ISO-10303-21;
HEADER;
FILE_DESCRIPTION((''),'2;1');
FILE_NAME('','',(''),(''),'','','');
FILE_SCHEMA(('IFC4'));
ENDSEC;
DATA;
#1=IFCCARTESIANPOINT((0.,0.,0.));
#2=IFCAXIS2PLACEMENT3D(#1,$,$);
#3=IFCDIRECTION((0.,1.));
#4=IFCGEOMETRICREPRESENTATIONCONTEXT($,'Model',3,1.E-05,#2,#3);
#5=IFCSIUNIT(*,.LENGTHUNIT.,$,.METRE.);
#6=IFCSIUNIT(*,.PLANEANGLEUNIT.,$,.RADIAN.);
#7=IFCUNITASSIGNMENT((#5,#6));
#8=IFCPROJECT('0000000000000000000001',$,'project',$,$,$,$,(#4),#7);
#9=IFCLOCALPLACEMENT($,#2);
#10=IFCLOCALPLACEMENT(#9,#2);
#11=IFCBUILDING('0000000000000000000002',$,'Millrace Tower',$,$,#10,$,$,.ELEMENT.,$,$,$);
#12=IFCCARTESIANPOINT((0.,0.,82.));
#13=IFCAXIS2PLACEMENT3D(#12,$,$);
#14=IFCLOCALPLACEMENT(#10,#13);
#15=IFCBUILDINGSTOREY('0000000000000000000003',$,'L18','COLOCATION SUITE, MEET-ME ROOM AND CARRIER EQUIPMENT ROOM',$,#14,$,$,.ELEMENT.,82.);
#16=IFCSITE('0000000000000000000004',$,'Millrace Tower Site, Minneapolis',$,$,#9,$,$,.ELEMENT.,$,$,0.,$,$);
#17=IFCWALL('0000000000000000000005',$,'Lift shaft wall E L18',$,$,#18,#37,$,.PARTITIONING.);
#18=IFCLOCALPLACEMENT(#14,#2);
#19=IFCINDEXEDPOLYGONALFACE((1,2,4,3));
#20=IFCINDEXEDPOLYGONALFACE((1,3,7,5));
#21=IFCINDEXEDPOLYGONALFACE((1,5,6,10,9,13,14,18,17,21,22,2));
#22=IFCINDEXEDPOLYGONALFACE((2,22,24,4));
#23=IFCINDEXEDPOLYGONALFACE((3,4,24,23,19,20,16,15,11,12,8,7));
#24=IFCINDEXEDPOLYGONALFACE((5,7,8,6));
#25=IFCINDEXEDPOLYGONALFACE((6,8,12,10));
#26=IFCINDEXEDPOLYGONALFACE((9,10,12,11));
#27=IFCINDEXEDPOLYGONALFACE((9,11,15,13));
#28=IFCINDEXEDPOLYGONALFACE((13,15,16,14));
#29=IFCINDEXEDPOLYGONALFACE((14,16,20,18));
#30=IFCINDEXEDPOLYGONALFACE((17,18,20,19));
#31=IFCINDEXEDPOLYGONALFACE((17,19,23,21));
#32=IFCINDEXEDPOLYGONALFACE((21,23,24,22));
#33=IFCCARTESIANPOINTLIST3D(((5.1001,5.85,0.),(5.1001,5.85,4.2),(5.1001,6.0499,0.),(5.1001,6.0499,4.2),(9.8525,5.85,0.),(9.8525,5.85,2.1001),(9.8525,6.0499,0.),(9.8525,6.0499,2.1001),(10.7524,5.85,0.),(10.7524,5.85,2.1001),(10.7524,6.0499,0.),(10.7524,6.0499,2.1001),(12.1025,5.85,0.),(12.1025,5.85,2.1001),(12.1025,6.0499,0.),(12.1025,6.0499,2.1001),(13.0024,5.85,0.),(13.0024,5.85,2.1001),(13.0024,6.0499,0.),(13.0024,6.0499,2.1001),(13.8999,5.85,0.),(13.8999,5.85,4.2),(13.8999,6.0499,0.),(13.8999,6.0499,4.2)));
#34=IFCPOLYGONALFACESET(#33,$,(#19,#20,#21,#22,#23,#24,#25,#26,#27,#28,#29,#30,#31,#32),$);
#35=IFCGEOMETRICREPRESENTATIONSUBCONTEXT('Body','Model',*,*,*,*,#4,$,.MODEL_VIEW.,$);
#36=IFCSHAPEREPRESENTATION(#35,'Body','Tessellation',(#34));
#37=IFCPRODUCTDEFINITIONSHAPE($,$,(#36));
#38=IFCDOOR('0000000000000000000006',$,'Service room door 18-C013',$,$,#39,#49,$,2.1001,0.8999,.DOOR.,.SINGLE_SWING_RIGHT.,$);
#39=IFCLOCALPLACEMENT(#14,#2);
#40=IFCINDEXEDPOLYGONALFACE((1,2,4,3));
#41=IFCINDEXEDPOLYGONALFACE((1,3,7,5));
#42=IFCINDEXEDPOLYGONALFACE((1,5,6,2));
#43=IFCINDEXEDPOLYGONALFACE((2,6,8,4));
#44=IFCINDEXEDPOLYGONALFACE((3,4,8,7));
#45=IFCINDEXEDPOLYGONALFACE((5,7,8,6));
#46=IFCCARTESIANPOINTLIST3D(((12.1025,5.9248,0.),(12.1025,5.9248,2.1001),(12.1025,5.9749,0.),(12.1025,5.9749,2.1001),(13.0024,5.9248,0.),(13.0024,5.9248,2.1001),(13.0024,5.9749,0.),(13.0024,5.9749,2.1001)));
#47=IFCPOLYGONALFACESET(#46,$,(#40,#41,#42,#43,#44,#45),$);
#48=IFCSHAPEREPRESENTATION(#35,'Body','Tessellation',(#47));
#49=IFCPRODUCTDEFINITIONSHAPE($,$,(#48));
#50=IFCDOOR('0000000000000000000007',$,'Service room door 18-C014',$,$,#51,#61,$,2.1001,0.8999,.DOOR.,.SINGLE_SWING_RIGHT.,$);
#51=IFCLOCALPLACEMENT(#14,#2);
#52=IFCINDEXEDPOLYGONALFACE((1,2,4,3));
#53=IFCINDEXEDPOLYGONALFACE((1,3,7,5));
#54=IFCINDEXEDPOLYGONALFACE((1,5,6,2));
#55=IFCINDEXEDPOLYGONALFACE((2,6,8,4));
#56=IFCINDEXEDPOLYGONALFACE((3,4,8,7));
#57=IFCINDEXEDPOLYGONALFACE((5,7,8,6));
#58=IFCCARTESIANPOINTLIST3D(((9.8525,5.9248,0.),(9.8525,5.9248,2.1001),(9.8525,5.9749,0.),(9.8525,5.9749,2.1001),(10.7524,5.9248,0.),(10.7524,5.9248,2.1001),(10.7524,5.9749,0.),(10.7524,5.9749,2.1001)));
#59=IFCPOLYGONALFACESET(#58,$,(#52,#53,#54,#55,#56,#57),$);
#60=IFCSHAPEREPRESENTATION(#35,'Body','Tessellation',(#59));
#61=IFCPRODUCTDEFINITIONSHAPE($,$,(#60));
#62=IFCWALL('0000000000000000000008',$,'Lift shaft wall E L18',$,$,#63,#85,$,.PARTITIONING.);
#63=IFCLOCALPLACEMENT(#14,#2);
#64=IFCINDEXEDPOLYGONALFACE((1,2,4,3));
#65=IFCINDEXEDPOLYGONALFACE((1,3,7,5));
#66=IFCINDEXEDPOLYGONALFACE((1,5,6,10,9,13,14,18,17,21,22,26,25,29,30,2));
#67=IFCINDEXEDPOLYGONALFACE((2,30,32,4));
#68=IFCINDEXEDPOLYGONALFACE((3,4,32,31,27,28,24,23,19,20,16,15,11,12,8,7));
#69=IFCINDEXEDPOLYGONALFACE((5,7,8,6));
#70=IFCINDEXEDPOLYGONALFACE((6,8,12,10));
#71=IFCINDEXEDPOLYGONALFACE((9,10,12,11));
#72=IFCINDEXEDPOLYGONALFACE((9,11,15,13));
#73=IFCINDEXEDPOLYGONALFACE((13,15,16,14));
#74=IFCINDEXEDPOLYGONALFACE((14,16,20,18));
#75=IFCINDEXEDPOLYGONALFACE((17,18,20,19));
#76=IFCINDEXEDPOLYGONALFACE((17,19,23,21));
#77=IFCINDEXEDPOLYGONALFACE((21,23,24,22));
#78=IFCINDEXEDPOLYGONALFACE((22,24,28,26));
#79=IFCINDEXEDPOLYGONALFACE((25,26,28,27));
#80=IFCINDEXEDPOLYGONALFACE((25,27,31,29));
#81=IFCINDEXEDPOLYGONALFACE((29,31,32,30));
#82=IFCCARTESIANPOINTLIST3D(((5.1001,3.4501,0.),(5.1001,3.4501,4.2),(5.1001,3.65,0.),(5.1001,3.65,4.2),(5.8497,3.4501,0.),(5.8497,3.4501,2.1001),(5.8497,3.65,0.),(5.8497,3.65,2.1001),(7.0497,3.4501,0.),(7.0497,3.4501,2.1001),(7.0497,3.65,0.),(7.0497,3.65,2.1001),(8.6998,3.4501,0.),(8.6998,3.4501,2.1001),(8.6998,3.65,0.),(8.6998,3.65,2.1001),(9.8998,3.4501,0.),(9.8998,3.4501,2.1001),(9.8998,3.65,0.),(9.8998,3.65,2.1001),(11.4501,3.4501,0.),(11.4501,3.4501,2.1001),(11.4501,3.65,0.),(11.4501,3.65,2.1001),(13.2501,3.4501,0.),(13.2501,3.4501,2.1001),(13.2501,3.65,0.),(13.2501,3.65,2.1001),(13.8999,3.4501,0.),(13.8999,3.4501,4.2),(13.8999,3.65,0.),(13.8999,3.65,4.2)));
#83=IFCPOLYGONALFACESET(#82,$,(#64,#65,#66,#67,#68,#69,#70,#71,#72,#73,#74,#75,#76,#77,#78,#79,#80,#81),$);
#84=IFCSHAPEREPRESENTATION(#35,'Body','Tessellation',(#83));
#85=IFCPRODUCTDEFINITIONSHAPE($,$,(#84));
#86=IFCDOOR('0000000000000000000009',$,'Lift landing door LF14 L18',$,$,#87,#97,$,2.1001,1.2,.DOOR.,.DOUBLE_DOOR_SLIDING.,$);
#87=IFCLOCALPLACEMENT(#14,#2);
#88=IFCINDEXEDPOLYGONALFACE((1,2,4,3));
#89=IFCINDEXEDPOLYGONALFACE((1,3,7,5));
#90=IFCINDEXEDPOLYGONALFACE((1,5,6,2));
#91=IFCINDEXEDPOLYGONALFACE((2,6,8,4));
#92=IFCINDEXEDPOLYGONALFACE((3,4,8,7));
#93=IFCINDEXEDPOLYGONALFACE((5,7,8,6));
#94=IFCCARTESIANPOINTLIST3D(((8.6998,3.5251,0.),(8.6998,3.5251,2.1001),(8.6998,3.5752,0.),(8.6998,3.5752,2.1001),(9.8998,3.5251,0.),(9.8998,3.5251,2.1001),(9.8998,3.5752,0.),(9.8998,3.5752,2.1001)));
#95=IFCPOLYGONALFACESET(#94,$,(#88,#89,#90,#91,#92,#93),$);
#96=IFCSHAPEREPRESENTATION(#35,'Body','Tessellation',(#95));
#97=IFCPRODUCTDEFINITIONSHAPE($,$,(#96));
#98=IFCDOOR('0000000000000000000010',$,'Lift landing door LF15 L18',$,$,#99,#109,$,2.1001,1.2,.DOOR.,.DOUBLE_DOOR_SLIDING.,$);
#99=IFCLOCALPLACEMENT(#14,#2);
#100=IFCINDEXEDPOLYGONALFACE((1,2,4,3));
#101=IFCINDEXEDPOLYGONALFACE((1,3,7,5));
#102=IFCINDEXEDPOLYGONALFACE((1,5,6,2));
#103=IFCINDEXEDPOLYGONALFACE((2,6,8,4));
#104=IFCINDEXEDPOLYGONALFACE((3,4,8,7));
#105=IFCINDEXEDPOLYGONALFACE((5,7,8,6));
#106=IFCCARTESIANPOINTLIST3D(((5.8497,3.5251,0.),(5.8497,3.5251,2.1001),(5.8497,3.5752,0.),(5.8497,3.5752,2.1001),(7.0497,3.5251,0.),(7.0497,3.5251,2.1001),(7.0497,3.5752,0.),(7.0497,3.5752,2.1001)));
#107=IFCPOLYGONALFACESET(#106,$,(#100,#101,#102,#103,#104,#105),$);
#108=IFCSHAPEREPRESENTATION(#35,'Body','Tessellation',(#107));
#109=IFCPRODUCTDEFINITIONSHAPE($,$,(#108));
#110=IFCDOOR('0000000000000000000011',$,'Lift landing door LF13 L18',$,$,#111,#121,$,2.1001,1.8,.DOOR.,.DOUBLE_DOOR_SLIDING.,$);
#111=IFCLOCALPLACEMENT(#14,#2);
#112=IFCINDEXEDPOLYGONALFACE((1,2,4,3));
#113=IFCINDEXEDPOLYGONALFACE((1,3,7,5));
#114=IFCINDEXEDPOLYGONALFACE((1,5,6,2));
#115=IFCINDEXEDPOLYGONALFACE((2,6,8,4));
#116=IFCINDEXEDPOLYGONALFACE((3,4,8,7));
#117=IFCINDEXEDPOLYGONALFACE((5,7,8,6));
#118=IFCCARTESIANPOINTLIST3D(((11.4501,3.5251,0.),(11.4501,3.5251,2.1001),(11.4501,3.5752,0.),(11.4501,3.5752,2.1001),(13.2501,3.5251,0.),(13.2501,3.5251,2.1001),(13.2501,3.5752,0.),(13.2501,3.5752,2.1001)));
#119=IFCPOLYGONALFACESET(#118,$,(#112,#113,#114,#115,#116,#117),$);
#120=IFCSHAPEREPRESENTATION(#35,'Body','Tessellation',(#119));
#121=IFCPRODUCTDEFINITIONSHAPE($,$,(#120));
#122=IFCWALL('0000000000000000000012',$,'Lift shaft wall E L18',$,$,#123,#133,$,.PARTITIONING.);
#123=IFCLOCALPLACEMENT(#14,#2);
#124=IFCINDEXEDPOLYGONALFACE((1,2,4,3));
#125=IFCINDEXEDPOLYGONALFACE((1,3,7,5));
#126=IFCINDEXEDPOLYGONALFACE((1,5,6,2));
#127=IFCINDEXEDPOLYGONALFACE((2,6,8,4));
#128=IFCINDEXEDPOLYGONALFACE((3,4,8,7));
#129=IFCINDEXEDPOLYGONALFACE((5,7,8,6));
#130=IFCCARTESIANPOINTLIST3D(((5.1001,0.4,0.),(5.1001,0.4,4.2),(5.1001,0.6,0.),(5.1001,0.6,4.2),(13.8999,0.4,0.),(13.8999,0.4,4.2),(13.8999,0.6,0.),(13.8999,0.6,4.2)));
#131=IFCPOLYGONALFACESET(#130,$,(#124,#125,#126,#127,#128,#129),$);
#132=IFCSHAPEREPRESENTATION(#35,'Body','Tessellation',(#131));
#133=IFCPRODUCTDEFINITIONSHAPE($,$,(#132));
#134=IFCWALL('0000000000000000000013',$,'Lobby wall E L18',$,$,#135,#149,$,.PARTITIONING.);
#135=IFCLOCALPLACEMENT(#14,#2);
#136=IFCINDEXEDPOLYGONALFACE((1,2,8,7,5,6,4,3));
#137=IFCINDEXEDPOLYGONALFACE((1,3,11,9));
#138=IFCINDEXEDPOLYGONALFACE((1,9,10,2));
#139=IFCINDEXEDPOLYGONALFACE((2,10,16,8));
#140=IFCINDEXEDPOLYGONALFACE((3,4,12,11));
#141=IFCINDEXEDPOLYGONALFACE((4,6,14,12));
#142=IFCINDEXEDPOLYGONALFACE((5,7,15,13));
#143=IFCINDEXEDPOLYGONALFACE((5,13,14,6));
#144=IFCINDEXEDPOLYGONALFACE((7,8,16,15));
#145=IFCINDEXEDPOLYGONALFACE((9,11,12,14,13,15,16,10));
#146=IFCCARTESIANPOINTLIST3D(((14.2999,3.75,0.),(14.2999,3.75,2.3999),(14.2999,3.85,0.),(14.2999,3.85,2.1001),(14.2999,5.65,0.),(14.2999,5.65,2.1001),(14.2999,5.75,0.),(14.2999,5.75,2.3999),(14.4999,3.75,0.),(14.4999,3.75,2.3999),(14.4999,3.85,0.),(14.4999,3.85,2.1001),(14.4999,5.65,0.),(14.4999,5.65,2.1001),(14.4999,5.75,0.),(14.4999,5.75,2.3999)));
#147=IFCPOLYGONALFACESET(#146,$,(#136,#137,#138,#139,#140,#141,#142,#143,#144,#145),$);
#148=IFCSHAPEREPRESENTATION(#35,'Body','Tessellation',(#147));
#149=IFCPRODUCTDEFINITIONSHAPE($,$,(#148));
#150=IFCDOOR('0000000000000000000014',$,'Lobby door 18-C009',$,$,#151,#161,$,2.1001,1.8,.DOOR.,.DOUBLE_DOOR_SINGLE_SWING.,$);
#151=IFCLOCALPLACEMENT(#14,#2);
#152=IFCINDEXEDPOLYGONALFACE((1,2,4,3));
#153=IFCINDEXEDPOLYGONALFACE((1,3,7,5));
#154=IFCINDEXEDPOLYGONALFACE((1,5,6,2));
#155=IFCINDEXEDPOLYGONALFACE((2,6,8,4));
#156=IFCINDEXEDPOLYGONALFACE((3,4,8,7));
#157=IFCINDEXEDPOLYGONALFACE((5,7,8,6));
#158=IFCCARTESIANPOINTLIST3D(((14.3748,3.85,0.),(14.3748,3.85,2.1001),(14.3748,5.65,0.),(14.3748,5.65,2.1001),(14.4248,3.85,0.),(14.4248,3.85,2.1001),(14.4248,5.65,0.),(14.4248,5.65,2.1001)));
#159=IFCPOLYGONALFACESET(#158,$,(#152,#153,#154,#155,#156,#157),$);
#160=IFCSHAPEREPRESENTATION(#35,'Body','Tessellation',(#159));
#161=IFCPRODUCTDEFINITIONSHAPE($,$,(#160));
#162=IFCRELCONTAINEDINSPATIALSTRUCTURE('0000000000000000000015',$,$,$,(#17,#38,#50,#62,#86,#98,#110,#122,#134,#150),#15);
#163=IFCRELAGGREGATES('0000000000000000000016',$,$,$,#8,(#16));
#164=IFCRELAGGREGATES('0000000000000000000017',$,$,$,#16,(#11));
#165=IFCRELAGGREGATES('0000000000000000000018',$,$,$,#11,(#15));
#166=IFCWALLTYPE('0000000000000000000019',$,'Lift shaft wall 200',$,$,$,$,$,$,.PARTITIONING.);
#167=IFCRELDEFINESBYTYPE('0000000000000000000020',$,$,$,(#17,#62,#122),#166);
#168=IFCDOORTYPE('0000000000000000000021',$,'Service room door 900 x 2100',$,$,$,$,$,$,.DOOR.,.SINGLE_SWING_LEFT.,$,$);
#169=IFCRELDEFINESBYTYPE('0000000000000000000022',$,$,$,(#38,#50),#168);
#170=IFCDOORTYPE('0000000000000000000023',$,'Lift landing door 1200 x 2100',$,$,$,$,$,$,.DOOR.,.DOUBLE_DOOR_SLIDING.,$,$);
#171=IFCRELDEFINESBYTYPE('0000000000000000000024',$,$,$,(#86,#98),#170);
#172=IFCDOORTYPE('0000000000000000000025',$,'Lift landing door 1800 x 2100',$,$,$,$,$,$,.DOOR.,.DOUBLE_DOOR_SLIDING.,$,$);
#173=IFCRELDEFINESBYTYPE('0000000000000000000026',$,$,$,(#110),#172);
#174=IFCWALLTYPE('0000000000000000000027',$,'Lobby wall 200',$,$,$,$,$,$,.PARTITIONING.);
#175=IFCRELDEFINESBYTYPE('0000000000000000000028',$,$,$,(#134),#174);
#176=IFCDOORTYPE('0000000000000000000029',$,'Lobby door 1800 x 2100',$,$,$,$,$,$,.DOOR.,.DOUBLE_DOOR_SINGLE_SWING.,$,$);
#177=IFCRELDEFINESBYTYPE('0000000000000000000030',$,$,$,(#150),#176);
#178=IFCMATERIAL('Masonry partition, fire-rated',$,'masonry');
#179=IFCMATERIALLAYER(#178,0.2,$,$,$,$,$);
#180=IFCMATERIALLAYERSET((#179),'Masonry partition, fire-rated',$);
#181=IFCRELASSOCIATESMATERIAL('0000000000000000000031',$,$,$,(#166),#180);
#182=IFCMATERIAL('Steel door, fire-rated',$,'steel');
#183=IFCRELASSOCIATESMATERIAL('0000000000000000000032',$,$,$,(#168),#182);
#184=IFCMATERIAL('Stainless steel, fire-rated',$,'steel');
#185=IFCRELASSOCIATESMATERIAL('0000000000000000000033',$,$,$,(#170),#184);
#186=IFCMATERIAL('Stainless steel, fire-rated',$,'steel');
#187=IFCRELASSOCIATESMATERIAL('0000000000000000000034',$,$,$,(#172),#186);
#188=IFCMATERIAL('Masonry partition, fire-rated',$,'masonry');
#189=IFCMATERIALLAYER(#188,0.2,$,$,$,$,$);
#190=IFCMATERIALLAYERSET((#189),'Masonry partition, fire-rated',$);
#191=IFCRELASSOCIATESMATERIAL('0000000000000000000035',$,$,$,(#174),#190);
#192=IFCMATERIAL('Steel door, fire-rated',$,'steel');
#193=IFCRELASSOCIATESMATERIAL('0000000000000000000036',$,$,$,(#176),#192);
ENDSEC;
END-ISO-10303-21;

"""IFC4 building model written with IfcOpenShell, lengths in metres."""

from ifc_helpers import new_model, si_unit, direction, frame, frame_2d, origin, place, context, subcontext, project, spatial, rectangle, extrude, material, layer, layer_set, type_object, element, fill, save


model = new_model("IFC4")

# Units and contexts
model_context = context("Model", 3, precision=1e-05, world=origin(), true_north=direction((0.0, 1.0)))
body_context = subcontext(model_context, "Body", "Model", "MODEL_VIEW")
ifc_project = project(units=[si_unit("LENGTHUNIT", "METRE"), si_unit("PLANEANGLEUNIT", "RADIAN")], contexts=[model_context])

# Site, building, storey
site_placement = place(None, origin())
site = spatial("IfcSite", under=ifc_project, at=site_placement, Name="Millrace Tower Site, Minneapolis", CompositionType="ELEMENT", RefElevation=0.0)
building_placement = place(site_placement, origin())
building = spatial("IfcBuilding", under=site, at=building_placement, Name="Millrace Tower", CompositionType="ELEMENT")
storey_placement = place(building_placement, frame((0.0, 0.0, 82.0)))
storey = spatial("IfcBuildingStorey", under=building, at=storey_placement, Name="L18", Description="COLOCATION SUITE, MEET-ME ROOM AND CARRIER EQUIPMENT ROOM", CompositionType="ELEMENT", Elevation=82.0)

# Walls, openings, doors
ifc_material_1 = material(Name="Masonry partition, fire-rated", Category="masonry")
ifc_layer_1 = layer(ifc_material_1, 0.2)
ifc_layer_set_1 = layer_set([ifc_layer_1], Name="Masonry partition, fire-rated")
wall_type_1 = type_object("IfcWallType", Name="Lift shaft wall 200", PredefinedType="PARTITIONING", material=ifc_layer_set_1)
wall_1_placement = place(storey_placement, frame((13.8999, 5.95, 0.0), z_axis=(0.0, 0.0, 1.0), x_axis=(-1.0, 0.0, 0.0)))
wall_1 = element("IfcWall", 1, at=wall_1_placement, inside=storey, type_object=wall_type_1, Name="Lift shaft wall E L18", PredefinedType="PARTITIONING", context=body_context, shape_type="SweptSolid", body=[
    extrude(rectangle(XDim=8.7998, YDim=0.2, at=frame_2d((4.3999, 0.0))), origin(), (0.0, 0.0, 1.0), 4.2),
])
opening_1_placement = place(wall_1_placement, frame((0.8975, 0.0, 0.0)))
opening_1 = element("IfcOpeningElement", 2, at=opening_1_placement, cuts=wall_1, PredefinedType="OPENING", context=body_context, shape_type="SweptSolid", body=[
    extrude(rectangle(XDim=0.8999, YDim=2.1001, at=frame_2d((0.45, 1.05))), frame((0.0, 0.1099, 0.0), z_axis=(0.0, -1.0, 0.0), x_axis=(1.0, 0.0, 0.0)), (0.0, 0.0, 1.0), 0.22),
])
opening_2_placement = place(wall_1_placement, frame((3.1475, 0.0, 0.0)))
opening_2 = element("IfcOpeningElement", 3, at=opening_2_placement, cuts=wall_1, PredefinedType="OPENING", context=body_context, shape_type="SweptSolid", body=[
    extrude(rectangle(XDim=0.8999, YDim=2.1001, at=frame_2d((0.45, 1.05))), frame((0.0, 0.1099, 0.0), z_axis=(0.0, -1.0, 0.0), x_axis=(1.0, 0.0, 0.0)), (0.0, 0.0, 1.0), 0.22),
])
ifc_material_2 = material(Name="Steel door, fire-rated", Category="steel")
door_type_1 = type_object("IfcDoorType", Name="Service room door 900 x 2100", OperationType="SINGLE_SWING_LEFT", PredefinedType="DOOR", material=ifc_material_2)
door_1_placement = place(opening_1_placement, frame((0.8999, 0.0, 0.0), z_axis=(0.0, 0.0, 1.0), x_axis=(-1.0, 0.0, 0.0)))
door_1 = element("IfcDoor", 4, at=door_1_placement, inside=storey, type_object=door_type_1, Name="Service room door 18-C013", OperationType="SINGLE_SWING_RIGHT", OverallHeight=2.1001, OverallWidth=0.8999, PredefinedType="DOOR", context=body_context, shape_type="SweptSolid", body=[
    extrude(rectangle(XDim=0.8999, YDim=2.1001, at=frame_2d((0.45, 1.05))), frame((0.0, 0.0249, 0.0), z_axis=(0.0, -1.0, 0.0), x_axis=(1.0, 0.0, 0.0)), (0.0, 0.0, 1.0), 0.05),
])
fill(opening_1, door_1)
door_2_placement = place(opening_2_placement, frame((0.8999, 0.0, 0.0), z_axis=(0.0, 0.0, 1.0), x_axis=(-1.0, 0.0, 0.0)))
door_2 = element("IfcDoor", 5, at=door_2_placement, inside=storey, type_object=door_type_1, Name="Service room door 18-C014", OperationType="SINGLE_SWING_RIGHT", OverallHeight=2.1001, OverallWidth=0.8999, PredefinedType="DOOR", context=body_context, shape_type="SweptSolid", body=[
    extrude(rectangle(XDim=0.8999, YDim=2.1001, at=frame_2d((0.45, 1.05))), frame((0.0, 0.0249, 0.0), z_axis=(0.0, -1.0, 0.0), x_axis=(1.0, 0.0, 0.0)), (0.0, 0.0, 1.0), 0.05),
])
fill(opening_2, door_2)
wall_2_placement = place(storey_placement, frame((13.8999, 3.55, 0.0), z_axis=(0.0, 0.0, 1.0), x_axis=(-1.0, 0.0, 0.0)))
wall_2 = element("IfcWall", 6, at=wall_2_placement, inside=storey, type_object=wall_type_1, Name="Lift shaft wall E L18", PredefinedType="PARTITIONING", context=body_context, shape_type="SweptSolid", body=[
    extrude(rectangle(XDim=8.7998, YDim=0.2, at=frame_2d((4.3999, 0.0))), origin(), (0.0, 0.0, 1.0), 4.2),
])
opening_3_placement = place(wall_2_placement, frame((0.6499, 0.0, 0.0)))
opening_3 = element("IfcOpeningElement", 7, at=opening_3_placement, cuts=wall_2, PredefinedType="OPENING", context=body_context, shape_type="SweptSolid", body=[
    extrude(rectangle(XDim=1.8, YDim=2.1001, at=frame_2d((0.8999, 1.05))), frame((0.0, 0.1099, 0.0), z_axis=(0.0, -1.0, 0.0), x_axis=(1.0, 0.0, 0.0)), (0.0, 0.0, 1.0), 0.22),
])
opening_4_placement = place(wall_2_placement, frame((4.0, 0.0, 0.0)))
opening_4 = element("IfcOpeningElement", 8, at=opening_4_placement, cuts=wall_2, PredefinedType="OPENING", context=body_context, shape_type="SweptSolid", body=[
    extrude(rectangle(XDim=1.2, YDim=2.1001, at=frame_2d((0.6001, 1.05))), frame((0.0, 0.1099, 0.0), z_axis=(0.0, -1.0, 0.0), x_axis=(1.0, 0.0, 0.0)), (0.0, 0.0, 1.0), 0.22),
])
opening_5_placement = place(wall_2_placement, frame((6.8501, 0.0, 0.0)))
opening_5 = element("IfcOpeningElement", 9, at=opening_5_placement, cuts=wall_2, PredefinedType="OPENING", context=body_context, shape_type="SweptSolid", body=[
    extrude(rectangle(XDim=1.2, YDim=2.1001, at=frame_2d((0.6001, 1.05))), frame((0.0, 0.1099, 0.0), z_axis=(0.0, -1.0, 0.0), x_axis=(1.0, 0.0, 0.0)), (0.0, 0.0, 1.0), 0.22),
])
ifc_material_3 = material(Name="Stainless steel, fire-rated", Category="steel")
door_type_2 = type_object("IfcDoorType", Name="Lift landing door 1200 x 2100", OperationType="DOUBLE_DOOR_SLIDING", PredefinedType="DOOR", material=ifc_material_3)
door_3_placement = place(opening_4_placement, origin())
door_3 = element("IfcDoor", 10, at=door_3_placement, inside=storey, type_object=door_type_2, Name="Lift landing door LF14 L18", OperationType="DOUBLE_DOOR_SLIDING", OverallHeight=2.1001, OverallWidth=1.2, PredefinedType="DOOR", context=body_context, shape_type="SweptSolid", body=[
    extrude(rectangle(XDim=1.2, YDim=2.1001, at=frame_2d((0.6001, 1.05))), frame((0.0, 0.0249, 0.0), z_axis=(0.0, -1.0, 0.0), x_axis=(1.0, 0.0, 0.0)), (0.0, 0.0, 1.0), 0.05),
])
fill(opening_4, door_3)
door_4_placement = place(opening_5_placement, origin())
door_4 = element("IfcDoor", 11, at=door_4_placement, inside=storey, type_object=door_type_2, Name="Lift landing door LF15 L18", OperationType="DOUBLE_DOOR_SLIDING", OverallHeight=2.1001, OverallWidth=1.2, PredefinedType="DOOR", context=body_context, shape_type="SweptSolid", body=[
    extrude(rectangle(XDim=1.2, YDim=2.1001, at=frame_2d((0.6001, 1.05))), frame((0.0, 0.0249, 0.0), z_axis=(0.0, -1.0, 0.0), x_axis=(1.0, 0.0, 0.0)), (0.0, 0.0, 1.0), 0.05),
])
fill(opening_5, door_4)
ifc_material_4 = material(Name="Stainless steel, fire-rated", Category="steel")
door_type_3 = type_object("IfcDoorType", Name="Lift landing door 1800 x 2100", OperationType="DOUBLE_DOOR_SLIDING", PredefinedType="DOOR", material=ifc_material_4)
door_5_placement = place(opening_3_placement, origin())
door_5 = element("IfcDoor", 12, at=door_5_placement, inside=storey, type_object=door_type_3, Name="Lift landing door LF13 L18", OperationType="DOUBLE_DOOR_SLIDING", OverallHeight=2.1001, OverallWidth=1.8, PredefinedType="DOOR", context=body_context, shape_type="SweptSolid", body=[
    extrude(rectangle(XDim=1.8, YDim=2.1001, at=frame_2d((0.8999, 1.05))), frame((0.0, 0.0249, 0.0), z_axis=(0.0, -1.0, 0.0), x_axis=(1.0, 0.0, 0.0)), (0.0, 0.0, 1.0), 0.05),
])
fill(opening_3, door_5)

# Wall
wall_3_placement = place(storey_placement, frame((13.8999, 0.5, 0.0), z_axis=(0.0, 0.0, 1.0), x_axis=(-1.0, 0.0, 0.0)))
element("IfcWall", 13, at=wall_3_placement, inside=storey, type_object=wall_type_1, Name="Lift shaft wall E L18", PredefinedType="PARTITIONING", context=body_context, shape_type="SweptSolid", body=[
    extrude(rectangle(XDim=8.7998, YDim=0.2, at=frame_2d((4.3999, 0.0))), origin(), (0.0, 0.0, 1.0), 4.2),
])

# Wall, opening, door
ifc_material_5 = material(Name="Masonry partition, fire-rated", Category="masonry")
ifc_layer_2 = layer(ifc_material_5, 0.2)
ifc_layer_set_2 = layer_set([ifc_layer_2], Name="Masonry partition, fire-rated")
wall_type_2 = type_object("IfcWallType", Name="Lobby wall 200", PredefinedType="PARTITIONING", material=ifc_layer_set_2)
wall_4_placement = place(storey_placement, frame((14.3999, 5.75, 0.0), z_axis=(0.0, 0.0, 1.0), x_axis=(0.0, -1.0, 0.0)))
wall_4 = element("IfcWall", 14, at=wall_4_placement, inside=storey, type_object=wall_type_2, Name="Lobby wall E L18", PredefinedType="PARTITIONING", context=body_context, shape_type="SweptSolid", body=[
    extrude(rectangle(XDim=2.0, YDim=0.2, at=frame_2d((1.0, 0.0))), origin(), (0.0, 0.0, 1.0), 2.3999),
])
opening_6_placement = place(wall_4_placement, frame((0.1001, 0.0, 0.0)))
opening_6 = element("IfcOpeningElement", 15, at=opening_6_placement, cuts=wall_4, PredefinedType="OPENING", context=body_context, shape_type="SweptSolid", body=[
    extrude(rectangle(XDim=1.8, YDim=2.1001, at=frame_2d((0.8999, 1.05))), frame((0.0, 0.1099, 0.0), z_axis=(0.0, -1.0, 0.0), x_axis=(1.0, 0.0, 0.0)), (0.0, 0.0, 1.0), 0.22),
])
ifc_material_6 = material(Name="Steel door, fire-rated", Category="steel")
door_type_4 = type_object("IfcDoorType", Name="Lobby door 1800 x 2100", OperationType="DOUBLE_DOOR_SINGLE_SWING", PredefinedType="DOOR", material=ifc_material_6)
door_6_placement = place(opening_6_placement, origin())
door_6 = element("IfcDoor", 16, at=door_6_placement, inside=storey, type_object=door_type_4, Name="Lobby door 18-C009", OperationType="DOUBLE_DOOR_SINGLE_SWING", OverallHeight=2.1001, OverallWidth=1.8, PredefinedType="DOOR", context=body_context, shape_type="SweptSolid", body=[
    extrude(rectangle(XDim=1.8, YDim=2.1001, at=frame_2d((0.8999, 1.05))), frame((0.0, 0.0249, 0.0), z_axis=(0.0, -1.0, 0.0), x_axis=(1.0, 0.0, 0.0)), (0.0, 0.0, 1.0), 0.05),
])
fill(opening_6, door_6)

save(model, "model.ifc")
